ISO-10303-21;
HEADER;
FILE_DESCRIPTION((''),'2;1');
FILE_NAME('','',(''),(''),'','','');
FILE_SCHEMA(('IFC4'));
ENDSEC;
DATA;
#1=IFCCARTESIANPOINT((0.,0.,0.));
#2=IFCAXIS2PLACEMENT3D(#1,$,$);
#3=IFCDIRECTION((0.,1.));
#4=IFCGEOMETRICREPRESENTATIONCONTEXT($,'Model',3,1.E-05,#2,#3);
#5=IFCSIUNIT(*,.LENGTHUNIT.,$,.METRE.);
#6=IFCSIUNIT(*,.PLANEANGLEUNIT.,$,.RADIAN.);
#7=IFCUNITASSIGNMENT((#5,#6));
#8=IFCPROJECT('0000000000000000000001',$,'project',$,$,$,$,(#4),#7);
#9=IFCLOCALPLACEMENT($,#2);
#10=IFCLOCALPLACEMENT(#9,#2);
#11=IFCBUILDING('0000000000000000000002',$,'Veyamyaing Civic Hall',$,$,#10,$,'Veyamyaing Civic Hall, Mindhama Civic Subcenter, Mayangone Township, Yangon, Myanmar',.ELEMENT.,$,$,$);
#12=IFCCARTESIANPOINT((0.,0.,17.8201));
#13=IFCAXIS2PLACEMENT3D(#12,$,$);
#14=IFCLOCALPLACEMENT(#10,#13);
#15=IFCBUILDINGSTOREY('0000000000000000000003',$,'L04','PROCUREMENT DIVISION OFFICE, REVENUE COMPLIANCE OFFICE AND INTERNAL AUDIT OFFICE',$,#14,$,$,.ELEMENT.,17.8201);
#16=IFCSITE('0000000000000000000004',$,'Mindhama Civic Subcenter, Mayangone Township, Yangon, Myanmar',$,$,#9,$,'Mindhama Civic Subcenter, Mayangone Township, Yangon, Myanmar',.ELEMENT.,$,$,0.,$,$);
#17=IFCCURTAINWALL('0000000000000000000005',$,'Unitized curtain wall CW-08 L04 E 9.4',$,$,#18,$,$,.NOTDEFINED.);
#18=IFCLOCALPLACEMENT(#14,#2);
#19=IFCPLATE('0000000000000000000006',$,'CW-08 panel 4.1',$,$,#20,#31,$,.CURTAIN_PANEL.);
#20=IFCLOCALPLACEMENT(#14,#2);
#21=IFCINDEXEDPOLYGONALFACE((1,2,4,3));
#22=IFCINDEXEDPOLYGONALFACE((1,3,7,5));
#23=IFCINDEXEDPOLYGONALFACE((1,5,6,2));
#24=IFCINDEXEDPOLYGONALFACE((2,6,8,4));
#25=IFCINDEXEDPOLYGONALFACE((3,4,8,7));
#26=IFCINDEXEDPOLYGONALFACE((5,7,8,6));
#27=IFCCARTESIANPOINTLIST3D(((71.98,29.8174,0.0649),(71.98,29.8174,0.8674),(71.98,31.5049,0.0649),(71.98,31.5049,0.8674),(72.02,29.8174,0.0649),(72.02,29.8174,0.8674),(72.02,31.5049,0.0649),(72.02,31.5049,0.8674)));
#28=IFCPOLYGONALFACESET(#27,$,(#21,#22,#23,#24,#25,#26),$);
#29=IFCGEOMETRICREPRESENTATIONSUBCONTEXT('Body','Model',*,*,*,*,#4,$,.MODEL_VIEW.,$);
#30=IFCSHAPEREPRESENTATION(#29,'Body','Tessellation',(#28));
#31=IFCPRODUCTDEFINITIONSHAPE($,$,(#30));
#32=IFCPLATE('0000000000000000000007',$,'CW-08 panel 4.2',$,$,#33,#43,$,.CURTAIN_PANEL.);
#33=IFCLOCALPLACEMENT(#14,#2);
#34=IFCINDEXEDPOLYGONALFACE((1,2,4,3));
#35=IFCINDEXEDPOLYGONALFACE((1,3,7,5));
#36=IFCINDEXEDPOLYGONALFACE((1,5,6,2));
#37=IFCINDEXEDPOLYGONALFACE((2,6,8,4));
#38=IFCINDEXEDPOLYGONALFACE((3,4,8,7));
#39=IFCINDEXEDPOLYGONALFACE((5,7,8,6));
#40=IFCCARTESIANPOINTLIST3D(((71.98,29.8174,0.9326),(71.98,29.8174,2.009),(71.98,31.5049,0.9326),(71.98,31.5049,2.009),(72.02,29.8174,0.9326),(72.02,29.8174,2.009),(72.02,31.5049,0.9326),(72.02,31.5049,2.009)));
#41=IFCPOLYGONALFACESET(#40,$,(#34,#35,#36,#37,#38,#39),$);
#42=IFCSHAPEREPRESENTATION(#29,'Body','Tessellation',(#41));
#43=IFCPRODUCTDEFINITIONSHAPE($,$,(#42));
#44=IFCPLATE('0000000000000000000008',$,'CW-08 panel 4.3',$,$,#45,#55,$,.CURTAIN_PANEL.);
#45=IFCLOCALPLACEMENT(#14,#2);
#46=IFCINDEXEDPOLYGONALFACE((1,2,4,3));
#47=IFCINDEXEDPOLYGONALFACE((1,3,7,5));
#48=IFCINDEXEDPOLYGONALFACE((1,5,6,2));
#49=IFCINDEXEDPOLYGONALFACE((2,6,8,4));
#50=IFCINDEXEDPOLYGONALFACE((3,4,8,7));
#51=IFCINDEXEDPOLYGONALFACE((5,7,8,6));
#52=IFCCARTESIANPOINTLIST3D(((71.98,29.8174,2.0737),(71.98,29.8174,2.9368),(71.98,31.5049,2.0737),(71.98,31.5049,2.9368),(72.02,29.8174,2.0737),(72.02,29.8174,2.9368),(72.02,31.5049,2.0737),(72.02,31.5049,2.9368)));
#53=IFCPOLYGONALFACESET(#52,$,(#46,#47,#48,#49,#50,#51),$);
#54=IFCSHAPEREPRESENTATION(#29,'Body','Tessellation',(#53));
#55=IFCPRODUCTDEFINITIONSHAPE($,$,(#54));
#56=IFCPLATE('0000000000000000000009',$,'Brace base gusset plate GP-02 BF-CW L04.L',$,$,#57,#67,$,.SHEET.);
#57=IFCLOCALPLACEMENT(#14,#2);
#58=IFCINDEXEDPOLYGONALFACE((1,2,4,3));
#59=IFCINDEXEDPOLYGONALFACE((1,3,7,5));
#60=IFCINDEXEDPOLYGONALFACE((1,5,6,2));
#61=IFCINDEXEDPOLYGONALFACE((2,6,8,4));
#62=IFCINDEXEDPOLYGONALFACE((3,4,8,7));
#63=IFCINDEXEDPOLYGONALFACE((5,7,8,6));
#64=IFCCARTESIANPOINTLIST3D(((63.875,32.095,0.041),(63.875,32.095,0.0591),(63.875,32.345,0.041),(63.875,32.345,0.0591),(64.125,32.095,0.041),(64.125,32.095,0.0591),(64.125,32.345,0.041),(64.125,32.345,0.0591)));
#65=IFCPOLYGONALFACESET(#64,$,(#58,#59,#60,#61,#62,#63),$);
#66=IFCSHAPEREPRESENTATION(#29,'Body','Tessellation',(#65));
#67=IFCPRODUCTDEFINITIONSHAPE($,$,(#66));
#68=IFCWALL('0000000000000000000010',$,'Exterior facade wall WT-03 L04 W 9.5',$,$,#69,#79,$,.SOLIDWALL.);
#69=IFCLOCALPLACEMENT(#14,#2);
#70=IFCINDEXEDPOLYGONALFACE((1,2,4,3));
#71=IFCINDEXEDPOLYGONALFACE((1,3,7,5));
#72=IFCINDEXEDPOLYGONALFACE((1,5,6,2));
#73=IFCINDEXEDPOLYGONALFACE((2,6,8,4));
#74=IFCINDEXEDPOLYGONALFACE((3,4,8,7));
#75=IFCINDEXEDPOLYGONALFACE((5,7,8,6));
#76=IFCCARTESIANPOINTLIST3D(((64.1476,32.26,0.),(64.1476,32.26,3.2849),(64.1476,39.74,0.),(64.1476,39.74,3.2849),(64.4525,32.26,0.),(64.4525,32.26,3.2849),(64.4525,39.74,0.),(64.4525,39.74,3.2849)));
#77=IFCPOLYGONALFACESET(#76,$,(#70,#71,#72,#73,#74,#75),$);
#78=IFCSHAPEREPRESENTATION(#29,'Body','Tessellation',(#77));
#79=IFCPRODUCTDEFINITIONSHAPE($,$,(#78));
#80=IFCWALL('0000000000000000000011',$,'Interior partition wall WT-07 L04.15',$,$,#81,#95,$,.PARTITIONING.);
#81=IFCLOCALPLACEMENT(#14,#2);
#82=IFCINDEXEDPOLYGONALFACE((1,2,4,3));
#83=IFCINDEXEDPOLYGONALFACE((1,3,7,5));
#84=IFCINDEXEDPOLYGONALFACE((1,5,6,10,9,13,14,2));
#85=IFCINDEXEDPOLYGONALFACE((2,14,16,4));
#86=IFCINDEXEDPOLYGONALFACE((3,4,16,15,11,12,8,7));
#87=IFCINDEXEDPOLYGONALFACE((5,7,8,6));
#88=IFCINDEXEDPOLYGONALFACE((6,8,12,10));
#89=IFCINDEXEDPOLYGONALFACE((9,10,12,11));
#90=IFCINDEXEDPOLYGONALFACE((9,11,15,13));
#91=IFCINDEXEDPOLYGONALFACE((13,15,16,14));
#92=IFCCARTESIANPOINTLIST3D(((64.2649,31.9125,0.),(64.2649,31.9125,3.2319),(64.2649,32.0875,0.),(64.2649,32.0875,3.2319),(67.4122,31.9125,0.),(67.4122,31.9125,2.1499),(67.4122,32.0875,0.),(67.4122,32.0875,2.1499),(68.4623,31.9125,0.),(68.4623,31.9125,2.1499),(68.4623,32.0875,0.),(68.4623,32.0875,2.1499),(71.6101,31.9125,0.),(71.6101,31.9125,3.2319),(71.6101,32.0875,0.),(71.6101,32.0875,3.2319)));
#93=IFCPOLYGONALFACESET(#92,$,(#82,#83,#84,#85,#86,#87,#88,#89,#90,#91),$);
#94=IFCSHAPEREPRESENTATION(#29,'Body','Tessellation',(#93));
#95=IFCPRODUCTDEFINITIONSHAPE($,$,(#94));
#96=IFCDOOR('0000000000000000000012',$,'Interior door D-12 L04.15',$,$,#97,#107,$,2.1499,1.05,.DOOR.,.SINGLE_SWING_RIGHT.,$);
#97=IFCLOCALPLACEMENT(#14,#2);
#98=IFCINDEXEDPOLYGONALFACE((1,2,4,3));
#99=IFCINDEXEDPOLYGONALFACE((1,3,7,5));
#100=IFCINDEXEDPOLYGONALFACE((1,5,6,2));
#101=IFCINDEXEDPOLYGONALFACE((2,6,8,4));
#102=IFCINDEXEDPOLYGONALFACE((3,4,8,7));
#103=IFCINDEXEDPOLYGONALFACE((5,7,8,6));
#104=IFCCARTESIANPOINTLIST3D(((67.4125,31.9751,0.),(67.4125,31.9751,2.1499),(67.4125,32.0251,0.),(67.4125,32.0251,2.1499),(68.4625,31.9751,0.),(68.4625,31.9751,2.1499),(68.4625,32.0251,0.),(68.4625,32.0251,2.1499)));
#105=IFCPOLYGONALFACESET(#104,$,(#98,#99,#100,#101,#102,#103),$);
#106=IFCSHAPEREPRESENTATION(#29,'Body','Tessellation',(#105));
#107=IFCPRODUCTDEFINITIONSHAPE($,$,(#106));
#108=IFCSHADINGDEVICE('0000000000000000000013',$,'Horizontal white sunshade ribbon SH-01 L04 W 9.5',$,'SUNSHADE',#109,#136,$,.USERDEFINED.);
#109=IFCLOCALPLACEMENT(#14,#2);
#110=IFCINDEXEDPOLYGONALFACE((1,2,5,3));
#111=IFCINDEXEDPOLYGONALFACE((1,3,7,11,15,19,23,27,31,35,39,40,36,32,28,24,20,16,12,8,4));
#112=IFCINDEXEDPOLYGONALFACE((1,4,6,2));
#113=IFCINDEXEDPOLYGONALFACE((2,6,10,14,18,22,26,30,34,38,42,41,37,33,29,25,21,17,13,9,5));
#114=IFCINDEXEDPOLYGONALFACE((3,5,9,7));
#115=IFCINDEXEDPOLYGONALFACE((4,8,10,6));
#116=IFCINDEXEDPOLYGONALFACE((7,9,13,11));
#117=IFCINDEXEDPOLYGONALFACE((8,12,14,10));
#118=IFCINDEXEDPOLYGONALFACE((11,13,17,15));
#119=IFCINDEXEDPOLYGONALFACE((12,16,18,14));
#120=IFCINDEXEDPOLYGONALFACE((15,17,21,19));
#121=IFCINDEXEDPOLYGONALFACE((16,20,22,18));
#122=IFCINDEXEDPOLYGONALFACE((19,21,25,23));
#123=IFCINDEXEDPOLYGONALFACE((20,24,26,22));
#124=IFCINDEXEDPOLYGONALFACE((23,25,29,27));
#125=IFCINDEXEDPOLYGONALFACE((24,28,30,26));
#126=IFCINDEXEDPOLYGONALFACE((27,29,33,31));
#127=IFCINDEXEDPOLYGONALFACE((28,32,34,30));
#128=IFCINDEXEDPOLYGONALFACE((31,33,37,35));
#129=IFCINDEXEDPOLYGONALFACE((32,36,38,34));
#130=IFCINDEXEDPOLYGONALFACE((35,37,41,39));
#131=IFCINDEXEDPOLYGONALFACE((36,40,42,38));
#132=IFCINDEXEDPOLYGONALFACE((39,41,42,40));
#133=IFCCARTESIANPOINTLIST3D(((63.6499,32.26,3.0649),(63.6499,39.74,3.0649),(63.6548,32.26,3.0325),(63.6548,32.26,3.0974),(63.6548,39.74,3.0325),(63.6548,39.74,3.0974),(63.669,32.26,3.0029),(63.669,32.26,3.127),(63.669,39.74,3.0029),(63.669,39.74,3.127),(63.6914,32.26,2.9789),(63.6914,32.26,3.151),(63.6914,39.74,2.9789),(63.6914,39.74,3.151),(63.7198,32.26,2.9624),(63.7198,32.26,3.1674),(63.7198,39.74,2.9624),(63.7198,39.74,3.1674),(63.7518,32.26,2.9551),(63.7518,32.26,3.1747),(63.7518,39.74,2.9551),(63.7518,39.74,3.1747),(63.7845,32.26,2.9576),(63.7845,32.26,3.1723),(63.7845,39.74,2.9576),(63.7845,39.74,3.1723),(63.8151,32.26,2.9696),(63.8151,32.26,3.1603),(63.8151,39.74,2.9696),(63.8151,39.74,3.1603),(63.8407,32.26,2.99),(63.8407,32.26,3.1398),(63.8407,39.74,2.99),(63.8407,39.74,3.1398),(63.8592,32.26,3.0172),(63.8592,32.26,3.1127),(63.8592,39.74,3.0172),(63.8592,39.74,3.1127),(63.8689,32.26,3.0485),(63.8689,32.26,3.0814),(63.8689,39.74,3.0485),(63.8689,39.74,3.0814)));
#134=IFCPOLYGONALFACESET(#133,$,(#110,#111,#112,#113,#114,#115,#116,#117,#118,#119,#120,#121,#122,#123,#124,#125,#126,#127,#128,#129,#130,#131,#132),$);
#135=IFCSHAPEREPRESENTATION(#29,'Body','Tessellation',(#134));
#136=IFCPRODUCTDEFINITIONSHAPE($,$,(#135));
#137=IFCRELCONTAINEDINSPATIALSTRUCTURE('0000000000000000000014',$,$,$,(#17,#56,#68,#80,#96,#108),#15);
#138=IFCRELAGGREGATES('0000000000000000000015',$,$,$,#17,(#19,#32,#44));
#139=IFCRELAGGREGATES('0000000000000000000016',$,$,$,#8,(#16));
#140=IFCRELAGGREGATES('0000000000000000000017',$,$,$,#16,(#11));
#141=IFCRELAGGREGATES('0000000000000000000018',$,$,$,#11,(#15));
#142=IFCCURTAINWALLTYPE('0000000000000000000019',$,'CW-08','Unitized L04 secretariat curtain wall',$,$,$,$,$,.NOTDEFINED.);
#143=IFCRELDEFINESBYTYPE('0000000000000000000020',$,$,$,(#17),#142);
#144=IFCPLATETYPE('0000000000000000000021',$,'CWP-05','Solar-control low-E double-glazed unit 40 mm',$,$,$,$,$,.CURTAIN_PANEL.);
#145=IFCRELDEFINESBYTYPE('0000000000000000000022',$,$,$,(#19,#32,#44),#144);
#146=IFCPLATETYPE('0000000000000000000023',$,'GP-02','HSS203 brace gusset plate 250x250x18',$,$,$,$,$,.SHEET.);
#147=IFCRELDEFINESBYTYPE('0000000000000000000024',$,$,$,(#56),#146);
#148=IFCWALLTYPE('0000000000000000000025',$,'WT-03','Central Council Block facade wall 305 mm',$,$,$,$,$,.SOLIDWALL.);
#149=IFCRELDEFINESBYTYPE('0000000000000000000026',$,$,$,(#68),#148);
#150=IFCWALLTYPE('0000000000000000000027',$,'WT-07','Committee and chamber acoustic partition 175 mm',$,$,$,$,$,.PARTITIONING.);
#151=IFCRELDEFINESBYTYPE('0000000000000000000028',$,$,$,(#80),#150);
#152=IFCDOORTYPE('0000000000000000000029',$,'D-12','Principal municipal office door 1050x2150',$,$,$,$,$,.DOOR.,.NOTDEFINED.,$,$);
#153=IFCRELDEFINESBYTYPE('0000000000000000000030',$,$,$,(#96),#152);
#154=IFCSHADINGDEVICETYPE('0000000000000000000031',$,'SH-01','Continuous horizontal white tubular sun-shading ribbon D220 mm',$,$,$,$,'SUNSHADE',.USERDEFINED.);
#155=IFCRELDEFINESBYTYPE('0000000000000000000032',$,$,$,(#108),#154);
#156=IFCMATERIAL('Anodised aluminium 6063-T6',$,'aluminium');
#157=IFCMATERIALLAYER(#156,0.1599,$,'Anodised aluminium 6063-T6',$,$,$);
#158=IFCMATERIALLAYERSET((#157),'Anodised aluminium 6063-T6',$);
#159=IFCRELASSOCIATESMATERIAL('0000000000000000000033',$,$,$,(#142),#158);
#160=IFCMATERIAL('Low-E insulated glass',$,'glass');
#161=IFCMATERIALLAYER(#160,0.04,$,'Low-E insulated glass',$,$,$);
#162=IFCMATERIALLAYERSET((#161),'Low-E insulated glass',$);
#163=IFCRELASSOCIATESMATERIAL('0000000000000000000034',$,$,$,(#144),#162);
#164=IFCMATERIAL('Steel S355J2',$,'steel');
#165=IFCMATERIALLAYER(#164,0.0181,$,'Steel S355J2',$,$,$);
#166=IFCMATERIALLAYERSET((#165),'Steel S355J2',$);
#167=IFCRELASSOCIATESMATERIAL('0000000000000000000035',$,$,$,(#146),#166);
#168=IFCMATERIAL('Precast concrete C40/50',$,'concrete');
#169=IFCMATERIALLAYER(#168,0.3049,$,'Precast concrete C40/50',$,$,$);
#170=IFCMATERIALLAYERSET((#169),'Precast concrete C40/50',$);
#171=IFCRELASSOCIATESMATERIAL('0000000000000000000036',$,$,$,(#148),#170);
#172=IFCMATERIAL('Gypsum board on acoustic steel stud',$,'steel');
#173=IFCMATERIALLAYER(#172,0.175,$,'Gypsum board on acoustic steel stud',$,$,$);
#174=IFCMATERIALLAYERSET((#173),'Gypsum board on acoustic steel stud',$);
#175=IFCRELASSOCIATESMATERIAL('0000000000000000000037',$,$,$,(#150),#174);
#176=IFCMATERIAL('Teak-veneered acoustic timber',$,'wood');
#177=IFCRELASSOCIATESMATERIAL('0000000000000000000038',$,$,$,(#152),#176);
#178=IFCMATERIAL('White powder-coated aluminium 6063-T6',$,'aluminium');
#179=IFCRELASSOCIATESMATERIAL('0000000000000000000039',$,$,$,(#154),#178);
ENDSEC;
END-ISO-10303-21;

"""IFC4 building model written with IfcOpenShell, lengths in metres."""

from ifc_helpers import new_model, si_unit, direction, frame, frame_2d, origin, origin_2d, place, context, subcontext, project, spatial, rectangle, circle, extrude, material, layer, layer_set, material_profile, profile_set, type_object, element, fill, aggregate, save


model = new_model("IFC4")

# Units and contexts
model_context = context("Model", 3, precision=1e-05, world=origin(), true_north=direction((0.0, 1.0)))
body_context = subcontext(model_context, "Body", "Model", "MODEL_VIEW")
ifc_project = project(units=[si_unit("LENGTHUNIT", "METRE"), si_unit("PLANEANGLEUNIT", "RADIAN")], contexts=[model_context])

# Site, building, storey
site_placement = place(None, origin())
site = spatial("IfcSite", under=ifc_project, at=site_placement, Name="Mindhama Civic Subcenter, Mayangone Township, Yangon, Myanmar", LongName="Mindhama Civic Subcenter, Mayangone Township, Yangon, Myanmar", CompositionType="ELEMENT", RefElevation=0.0)
building_placement = place(site_placement, origin())
building = spatial("IfcBuilding", under=site, at=building_placement, Name="Veyamyaing Civic Hall", LongName="Veyamyaing Civic Hall, Mindhama Civic Subcenter, Mayangone Township, Yangon, Myanmar", CompositionType="ELEMENT")
storey_placement = place(building_placement, frame((0.0, 0.0, 17.8201)))
storey = spatial("IfcBuildingStorey", under=building, at=storey_placement, Name="L04", Description="PROCUREMENT DIVISION OFFICE, REVENUE COMPLIANCE OFFICE AND INTERNAL AUDIT OFFICE", CompositionType="ELEMENT", Elevation=17.8201)

# Shared definitions
ifc_material_1 = material(Name="Steel S355J2", Category="steel")

# Curtain wall
ifc_material_2 = material(Name="Anodised aluminium 6063-T6", Category="aluminium")
ifc_layer_1 = layer(ifc_material_2, 0.1599, Name="Anodised aluminium 6063-T6")
ifc_layer_set_1 = layer_set([ifc_layer_1], Name="Anodised aluminium 6063-T6")
curtain_wall_type = type_object("IfcCurtainWallType", Name="CW-08", Description="Unitized L04 secretariat curtain wall", PredefinedType="NOTDEFINED", material=ifc_layer_set_1)
curtain_wall_1_placement = place(storey_placement, origin())
curtain_wall_1 = element("IfcCurtainWall", 1, at=curtain_wall_1_placement, inside=storey, type_object=curtain_wall_type, Name="Unitized curtain wall CW-08 L04 E 9.4", PredefinedType="NOTDEFINED")

# Plates
ifc_material_3 = material(Name="Low-E insulated glass", Category="glass")
ifc_layer_2 = layer(ifc_material_3, 0.04, Name="Low-E insulated glass")
ifc_layer_set_2 = layer_set([ifc_layer_2], Name="Low-E insulated glass")
plate_type_1 = type_object("IfcPlateType", Name="CWP-05", Description="Solar-control low-E double-glazed unit 40 mm", PredefinedType="CURTAIN_PANEL", material=ifc_layer_set_2)
plate_1_placement = place(storey_placement, frame((72.0, 30.6611, 0.0649), z_axis=(0.0, 0.0, 1.0), x_axis=(0.0, 1.0, 0.0)))
plate_1 = element("IfcPlate", 2, at=plate_1_placement, type_object=plate_type_1, Name="CW-08 panel 4.1", PredefinedType="CURTAIN_PANEL", context=body_context, shape_type="SweptSolid", body=[
    extrude(rectangle(XDim=1.6875, YDim=0.04, at=origin_2d()), origin(), (0.0, 0.0, 1.0), 0.8025),
])
plate_2_placement = place(storey_placement, frame((72.0, 30.6611, 0.9326), z_axis=(0.0, 0.0, 1.0), x_axis=(0.0, 1.0, 0.0)))
plate_2 = element("IfcPlate", 3, at=plate_2_placement, type_object=plate_type_1, Name="CW-08 panel 4.2", PredefinedType="CURTAIN_PANEL", context=body_context, shape_type="SweptSolid", body=[
    extrude(rectangle(XDim=1.6875, YDim=0.04, at=origin_2d()), origin(), (0.0, 0.0, 1.0), 1.0764),
])
plate_3_placement = place(storey_placement, frame((72.0, 30.6611, 2.0737), z_axis=(0.0, 0.0, 1.0), x_axis=(0.0, 1.0, 0.0)))
plate_3 = element("IfcPlate", 4, at=plate_3_placement, type_object=plate_type_1, Name="CW-08 panel 4.3", PredefinedType="CURTAIN_PANEL", context=body_context, shape_type="SweptSolid", body=[
    extrude(rectangle(XDim=1.6875, YDim=0.04, at=origin_2d()), origin(), (0.0, 0.0, 1.0), 0.863),
])
aggregate(curtain_wall_1, [plate_1, plate_2, plate_3])
ifc_layer_3 = layer(ifc_material_1, 0.0181, Name="Steel S355J2")
ifc_layer_set_3 = layer_set([ifc_layer_3], Name="Steel S355J2")
plate_type_2 = type_object("IfcPlateType", Name="GP-02", Description="HSS203 brace gusset plate 250x250x18", PredefinedType="SHEET", material=ifc_layer_set_3)
plate_4_placement = place(storey_placement, frame((64.0, 32.22, 0.041), z_axis=(0.0, 0.0, 1.0), x_axis=(1.0, 0.0, 0.0)))
element("IfcPlate", 5, at=plate_4_placement, inside=storey, type_object=plate_type_2, Name="Brace base gusset plate GP-02 BF-CW L04.L", PredefinedType="SHEET", context=body_context, shape_type="SweptSolid", body=[
    extrude(rectangle(XDim=0.25, YDim=0.25, at=origin_2d()), origin(), (0.0, 0.0, 1.0), 0.0181),
])

# Wall
ifc_material_4 = material(Name="Precast concrete C40/50", Category="concrete")
ifc_layer_4 = layer(ifc_material_4, 0.3049, Name="Precast concrete C40/50")
ifc_layer_set_4 = layer_set([ifc_layer_4], Name="Precast concrete C40/50")
wall_type_1 = type_object("IfcWallType", Name="WT-03", Description="Central Council Block facade wall 305 mm", PredefinedType="SOLIDWALL", material=ifc_layer_set_4)
wall_1_placement = place(storey_placement, frame((64.3, 32.26, 0.0), z_axis=(0.0, 0.0, 1.0), x_axis=(0.0, 1.0, 0.0)))
element("IfcWall", 6, at=wall_1_placement, inside=storey, type_object=wall_type_1, Name="Exterior facade wall WT-03 L04 W 9.5", PredefinedType="SOLIDWALL", context=body_context, shape_type="SweptSolid", body=[
    extrude(rectangle(XDim=7.48, YDim=0.3049, at=frame_2d((3.74, 0.0))), origin(), (0.0, 0.0, 1.0), 3.2849),
])

# Wall, opening, door
ifc_material_5 = material(Name="Gypsum board on acoustic steel stud", Category="steel")
ifc_layer_5 = layer(ifc_material_5, 0.175, Name="Gypsum board on acoustic steel stud")
ifc_layer_set_5 = layer_set([ifc_layer_5], Name="Gypsum board on acoustic steel stud")
wall_type_2 = type_object("IfcWallType", Name="WT-07", Description="Committee and chamber acoustic partition 175 mm", PredefinedType="PARTITIONING", material=ifc_layer_set_5)
wall_2_placement = place(storey_placement, frame((64.2649, 32.0, 0.0), z_axis=(0.0, 0.0, 1.0), x_axis=(1.0, 0.0, 0.0)))
wall_2 = element("IfcWall", 7, at=wall_2_placement, inside=storey, type_object=wall_type_2, Name="Interior partition wall WT-07 L04.15", PredefinedType="PARTITIONING", context=body_context, shape_type="SweptSolid", body=[
    extrude(rectangle(XDim=7.3452, YDim=0.175, at=frame_2d((3.6726, 0.0))), origin(), (0.0, 0.0, 1.0), 3.2319),
])
opening_placement = place(wall_2_placement, frame((3.1475, 0.0, 0.0)))
opening = element("IfcOpeningElement", 8, at=opening_placement, cuts=wall_2, PredefinedType="OPENING", context=body_context, shape_type="SweptSolid", body=[
    extrude(rectangle(XDim=1.05, YDim=2.1499, at=frame_2d((0.5249, 1.075))), frame((0.0, 0.0974, 0.0), z_axis=(0.0, -1.0, 0.0), x_axis=(1.0, 0.0, 0.0)), (0.0, 0.0, 1.0), 0.1951),
])
ifc_material_6 = material(Name="Teak-veneered acoustic timber", Category="wood")
door_type = type_object("IfcDoorType", Name="D-12", Description="Principal municipal office door 1050x2150", OperationType="NOTDEFINED", PredefinedType="DOOR", material=ifc_material_6)
door_placement = place(opening_placement, frame((1.05, 0.0, 0.0), z_axis=(0.0, 0.0, 1.0), x_axis=(-1.0, 0.0, 0.0)))
door = element("IfcDoor", 9, at=door_placement, inside=storey, type_object=door_type, Name="Interior door D-12 L04.15", OperationType="SINGLE_SWING_RIGHT", OverallHeight=2.1499, OverallWidth=1.05, PredefinedType="DOOR", context=body_context, shape_type="SweptSolid", body=[
    extrude(rectangle(XDim=1.05, YDim=2.1499, at=frame_2d((0.5249, 1.075))), frame((0.0, 0.0249, 0.0), z_axis=(0.0, -1.0, 0.0), x_axis=(1.0, 0.0, 0.0)), (0.0, 0.0, 1.0), 0.05),
])
fill(opening, door)

# Shading device
ifc_material_7 = material(Name="White powder-coated aluminium 6063-T6", Category="aluminium")
ifc_material_profile_1 = material_profile(ifc_material_7, circle(Radius=0.1101, at=origin_2d()), Name="SHADE-TUBE-220")
ifc_profile_set_1 = profile_set([ifc_material_profile_1], Name="White powder-coated aluminium 6063-T6")
shading_device_type = type_object("IfcShadingDeviceType", Name="SH-01", Description="Continuous horizontal white tubular sun-shading ribbon D220 mm", ElementType="SUNSHADE", PredefinedType="USERDEFINED", material=ifc_profile_set_1)
shading_device_placement = place(storey_placement, frame((63.76, 32.26, 3.0649), z_axis=(0.0, 1.0, 0.0), x_axis=(-1.0, 0.0, 0.0)))
element("IfcShadingDevice", 10, at=shading_device_placement, inside=storey, type_object=shading_device_type, Name="Horizontal white sunshade ribbon SH-01 L04 W 9.5", ObjectType="SUNSHADE", PredefinedType="USERDEFINED", context=body_context, shape_type="SweptSolid", body=[
    extrude(circle(Radius=0.1101, at=origin_2d()), origin(), (0.0, 0.0, 1.0), 7.48),
])

save(model, "model.ifc")
